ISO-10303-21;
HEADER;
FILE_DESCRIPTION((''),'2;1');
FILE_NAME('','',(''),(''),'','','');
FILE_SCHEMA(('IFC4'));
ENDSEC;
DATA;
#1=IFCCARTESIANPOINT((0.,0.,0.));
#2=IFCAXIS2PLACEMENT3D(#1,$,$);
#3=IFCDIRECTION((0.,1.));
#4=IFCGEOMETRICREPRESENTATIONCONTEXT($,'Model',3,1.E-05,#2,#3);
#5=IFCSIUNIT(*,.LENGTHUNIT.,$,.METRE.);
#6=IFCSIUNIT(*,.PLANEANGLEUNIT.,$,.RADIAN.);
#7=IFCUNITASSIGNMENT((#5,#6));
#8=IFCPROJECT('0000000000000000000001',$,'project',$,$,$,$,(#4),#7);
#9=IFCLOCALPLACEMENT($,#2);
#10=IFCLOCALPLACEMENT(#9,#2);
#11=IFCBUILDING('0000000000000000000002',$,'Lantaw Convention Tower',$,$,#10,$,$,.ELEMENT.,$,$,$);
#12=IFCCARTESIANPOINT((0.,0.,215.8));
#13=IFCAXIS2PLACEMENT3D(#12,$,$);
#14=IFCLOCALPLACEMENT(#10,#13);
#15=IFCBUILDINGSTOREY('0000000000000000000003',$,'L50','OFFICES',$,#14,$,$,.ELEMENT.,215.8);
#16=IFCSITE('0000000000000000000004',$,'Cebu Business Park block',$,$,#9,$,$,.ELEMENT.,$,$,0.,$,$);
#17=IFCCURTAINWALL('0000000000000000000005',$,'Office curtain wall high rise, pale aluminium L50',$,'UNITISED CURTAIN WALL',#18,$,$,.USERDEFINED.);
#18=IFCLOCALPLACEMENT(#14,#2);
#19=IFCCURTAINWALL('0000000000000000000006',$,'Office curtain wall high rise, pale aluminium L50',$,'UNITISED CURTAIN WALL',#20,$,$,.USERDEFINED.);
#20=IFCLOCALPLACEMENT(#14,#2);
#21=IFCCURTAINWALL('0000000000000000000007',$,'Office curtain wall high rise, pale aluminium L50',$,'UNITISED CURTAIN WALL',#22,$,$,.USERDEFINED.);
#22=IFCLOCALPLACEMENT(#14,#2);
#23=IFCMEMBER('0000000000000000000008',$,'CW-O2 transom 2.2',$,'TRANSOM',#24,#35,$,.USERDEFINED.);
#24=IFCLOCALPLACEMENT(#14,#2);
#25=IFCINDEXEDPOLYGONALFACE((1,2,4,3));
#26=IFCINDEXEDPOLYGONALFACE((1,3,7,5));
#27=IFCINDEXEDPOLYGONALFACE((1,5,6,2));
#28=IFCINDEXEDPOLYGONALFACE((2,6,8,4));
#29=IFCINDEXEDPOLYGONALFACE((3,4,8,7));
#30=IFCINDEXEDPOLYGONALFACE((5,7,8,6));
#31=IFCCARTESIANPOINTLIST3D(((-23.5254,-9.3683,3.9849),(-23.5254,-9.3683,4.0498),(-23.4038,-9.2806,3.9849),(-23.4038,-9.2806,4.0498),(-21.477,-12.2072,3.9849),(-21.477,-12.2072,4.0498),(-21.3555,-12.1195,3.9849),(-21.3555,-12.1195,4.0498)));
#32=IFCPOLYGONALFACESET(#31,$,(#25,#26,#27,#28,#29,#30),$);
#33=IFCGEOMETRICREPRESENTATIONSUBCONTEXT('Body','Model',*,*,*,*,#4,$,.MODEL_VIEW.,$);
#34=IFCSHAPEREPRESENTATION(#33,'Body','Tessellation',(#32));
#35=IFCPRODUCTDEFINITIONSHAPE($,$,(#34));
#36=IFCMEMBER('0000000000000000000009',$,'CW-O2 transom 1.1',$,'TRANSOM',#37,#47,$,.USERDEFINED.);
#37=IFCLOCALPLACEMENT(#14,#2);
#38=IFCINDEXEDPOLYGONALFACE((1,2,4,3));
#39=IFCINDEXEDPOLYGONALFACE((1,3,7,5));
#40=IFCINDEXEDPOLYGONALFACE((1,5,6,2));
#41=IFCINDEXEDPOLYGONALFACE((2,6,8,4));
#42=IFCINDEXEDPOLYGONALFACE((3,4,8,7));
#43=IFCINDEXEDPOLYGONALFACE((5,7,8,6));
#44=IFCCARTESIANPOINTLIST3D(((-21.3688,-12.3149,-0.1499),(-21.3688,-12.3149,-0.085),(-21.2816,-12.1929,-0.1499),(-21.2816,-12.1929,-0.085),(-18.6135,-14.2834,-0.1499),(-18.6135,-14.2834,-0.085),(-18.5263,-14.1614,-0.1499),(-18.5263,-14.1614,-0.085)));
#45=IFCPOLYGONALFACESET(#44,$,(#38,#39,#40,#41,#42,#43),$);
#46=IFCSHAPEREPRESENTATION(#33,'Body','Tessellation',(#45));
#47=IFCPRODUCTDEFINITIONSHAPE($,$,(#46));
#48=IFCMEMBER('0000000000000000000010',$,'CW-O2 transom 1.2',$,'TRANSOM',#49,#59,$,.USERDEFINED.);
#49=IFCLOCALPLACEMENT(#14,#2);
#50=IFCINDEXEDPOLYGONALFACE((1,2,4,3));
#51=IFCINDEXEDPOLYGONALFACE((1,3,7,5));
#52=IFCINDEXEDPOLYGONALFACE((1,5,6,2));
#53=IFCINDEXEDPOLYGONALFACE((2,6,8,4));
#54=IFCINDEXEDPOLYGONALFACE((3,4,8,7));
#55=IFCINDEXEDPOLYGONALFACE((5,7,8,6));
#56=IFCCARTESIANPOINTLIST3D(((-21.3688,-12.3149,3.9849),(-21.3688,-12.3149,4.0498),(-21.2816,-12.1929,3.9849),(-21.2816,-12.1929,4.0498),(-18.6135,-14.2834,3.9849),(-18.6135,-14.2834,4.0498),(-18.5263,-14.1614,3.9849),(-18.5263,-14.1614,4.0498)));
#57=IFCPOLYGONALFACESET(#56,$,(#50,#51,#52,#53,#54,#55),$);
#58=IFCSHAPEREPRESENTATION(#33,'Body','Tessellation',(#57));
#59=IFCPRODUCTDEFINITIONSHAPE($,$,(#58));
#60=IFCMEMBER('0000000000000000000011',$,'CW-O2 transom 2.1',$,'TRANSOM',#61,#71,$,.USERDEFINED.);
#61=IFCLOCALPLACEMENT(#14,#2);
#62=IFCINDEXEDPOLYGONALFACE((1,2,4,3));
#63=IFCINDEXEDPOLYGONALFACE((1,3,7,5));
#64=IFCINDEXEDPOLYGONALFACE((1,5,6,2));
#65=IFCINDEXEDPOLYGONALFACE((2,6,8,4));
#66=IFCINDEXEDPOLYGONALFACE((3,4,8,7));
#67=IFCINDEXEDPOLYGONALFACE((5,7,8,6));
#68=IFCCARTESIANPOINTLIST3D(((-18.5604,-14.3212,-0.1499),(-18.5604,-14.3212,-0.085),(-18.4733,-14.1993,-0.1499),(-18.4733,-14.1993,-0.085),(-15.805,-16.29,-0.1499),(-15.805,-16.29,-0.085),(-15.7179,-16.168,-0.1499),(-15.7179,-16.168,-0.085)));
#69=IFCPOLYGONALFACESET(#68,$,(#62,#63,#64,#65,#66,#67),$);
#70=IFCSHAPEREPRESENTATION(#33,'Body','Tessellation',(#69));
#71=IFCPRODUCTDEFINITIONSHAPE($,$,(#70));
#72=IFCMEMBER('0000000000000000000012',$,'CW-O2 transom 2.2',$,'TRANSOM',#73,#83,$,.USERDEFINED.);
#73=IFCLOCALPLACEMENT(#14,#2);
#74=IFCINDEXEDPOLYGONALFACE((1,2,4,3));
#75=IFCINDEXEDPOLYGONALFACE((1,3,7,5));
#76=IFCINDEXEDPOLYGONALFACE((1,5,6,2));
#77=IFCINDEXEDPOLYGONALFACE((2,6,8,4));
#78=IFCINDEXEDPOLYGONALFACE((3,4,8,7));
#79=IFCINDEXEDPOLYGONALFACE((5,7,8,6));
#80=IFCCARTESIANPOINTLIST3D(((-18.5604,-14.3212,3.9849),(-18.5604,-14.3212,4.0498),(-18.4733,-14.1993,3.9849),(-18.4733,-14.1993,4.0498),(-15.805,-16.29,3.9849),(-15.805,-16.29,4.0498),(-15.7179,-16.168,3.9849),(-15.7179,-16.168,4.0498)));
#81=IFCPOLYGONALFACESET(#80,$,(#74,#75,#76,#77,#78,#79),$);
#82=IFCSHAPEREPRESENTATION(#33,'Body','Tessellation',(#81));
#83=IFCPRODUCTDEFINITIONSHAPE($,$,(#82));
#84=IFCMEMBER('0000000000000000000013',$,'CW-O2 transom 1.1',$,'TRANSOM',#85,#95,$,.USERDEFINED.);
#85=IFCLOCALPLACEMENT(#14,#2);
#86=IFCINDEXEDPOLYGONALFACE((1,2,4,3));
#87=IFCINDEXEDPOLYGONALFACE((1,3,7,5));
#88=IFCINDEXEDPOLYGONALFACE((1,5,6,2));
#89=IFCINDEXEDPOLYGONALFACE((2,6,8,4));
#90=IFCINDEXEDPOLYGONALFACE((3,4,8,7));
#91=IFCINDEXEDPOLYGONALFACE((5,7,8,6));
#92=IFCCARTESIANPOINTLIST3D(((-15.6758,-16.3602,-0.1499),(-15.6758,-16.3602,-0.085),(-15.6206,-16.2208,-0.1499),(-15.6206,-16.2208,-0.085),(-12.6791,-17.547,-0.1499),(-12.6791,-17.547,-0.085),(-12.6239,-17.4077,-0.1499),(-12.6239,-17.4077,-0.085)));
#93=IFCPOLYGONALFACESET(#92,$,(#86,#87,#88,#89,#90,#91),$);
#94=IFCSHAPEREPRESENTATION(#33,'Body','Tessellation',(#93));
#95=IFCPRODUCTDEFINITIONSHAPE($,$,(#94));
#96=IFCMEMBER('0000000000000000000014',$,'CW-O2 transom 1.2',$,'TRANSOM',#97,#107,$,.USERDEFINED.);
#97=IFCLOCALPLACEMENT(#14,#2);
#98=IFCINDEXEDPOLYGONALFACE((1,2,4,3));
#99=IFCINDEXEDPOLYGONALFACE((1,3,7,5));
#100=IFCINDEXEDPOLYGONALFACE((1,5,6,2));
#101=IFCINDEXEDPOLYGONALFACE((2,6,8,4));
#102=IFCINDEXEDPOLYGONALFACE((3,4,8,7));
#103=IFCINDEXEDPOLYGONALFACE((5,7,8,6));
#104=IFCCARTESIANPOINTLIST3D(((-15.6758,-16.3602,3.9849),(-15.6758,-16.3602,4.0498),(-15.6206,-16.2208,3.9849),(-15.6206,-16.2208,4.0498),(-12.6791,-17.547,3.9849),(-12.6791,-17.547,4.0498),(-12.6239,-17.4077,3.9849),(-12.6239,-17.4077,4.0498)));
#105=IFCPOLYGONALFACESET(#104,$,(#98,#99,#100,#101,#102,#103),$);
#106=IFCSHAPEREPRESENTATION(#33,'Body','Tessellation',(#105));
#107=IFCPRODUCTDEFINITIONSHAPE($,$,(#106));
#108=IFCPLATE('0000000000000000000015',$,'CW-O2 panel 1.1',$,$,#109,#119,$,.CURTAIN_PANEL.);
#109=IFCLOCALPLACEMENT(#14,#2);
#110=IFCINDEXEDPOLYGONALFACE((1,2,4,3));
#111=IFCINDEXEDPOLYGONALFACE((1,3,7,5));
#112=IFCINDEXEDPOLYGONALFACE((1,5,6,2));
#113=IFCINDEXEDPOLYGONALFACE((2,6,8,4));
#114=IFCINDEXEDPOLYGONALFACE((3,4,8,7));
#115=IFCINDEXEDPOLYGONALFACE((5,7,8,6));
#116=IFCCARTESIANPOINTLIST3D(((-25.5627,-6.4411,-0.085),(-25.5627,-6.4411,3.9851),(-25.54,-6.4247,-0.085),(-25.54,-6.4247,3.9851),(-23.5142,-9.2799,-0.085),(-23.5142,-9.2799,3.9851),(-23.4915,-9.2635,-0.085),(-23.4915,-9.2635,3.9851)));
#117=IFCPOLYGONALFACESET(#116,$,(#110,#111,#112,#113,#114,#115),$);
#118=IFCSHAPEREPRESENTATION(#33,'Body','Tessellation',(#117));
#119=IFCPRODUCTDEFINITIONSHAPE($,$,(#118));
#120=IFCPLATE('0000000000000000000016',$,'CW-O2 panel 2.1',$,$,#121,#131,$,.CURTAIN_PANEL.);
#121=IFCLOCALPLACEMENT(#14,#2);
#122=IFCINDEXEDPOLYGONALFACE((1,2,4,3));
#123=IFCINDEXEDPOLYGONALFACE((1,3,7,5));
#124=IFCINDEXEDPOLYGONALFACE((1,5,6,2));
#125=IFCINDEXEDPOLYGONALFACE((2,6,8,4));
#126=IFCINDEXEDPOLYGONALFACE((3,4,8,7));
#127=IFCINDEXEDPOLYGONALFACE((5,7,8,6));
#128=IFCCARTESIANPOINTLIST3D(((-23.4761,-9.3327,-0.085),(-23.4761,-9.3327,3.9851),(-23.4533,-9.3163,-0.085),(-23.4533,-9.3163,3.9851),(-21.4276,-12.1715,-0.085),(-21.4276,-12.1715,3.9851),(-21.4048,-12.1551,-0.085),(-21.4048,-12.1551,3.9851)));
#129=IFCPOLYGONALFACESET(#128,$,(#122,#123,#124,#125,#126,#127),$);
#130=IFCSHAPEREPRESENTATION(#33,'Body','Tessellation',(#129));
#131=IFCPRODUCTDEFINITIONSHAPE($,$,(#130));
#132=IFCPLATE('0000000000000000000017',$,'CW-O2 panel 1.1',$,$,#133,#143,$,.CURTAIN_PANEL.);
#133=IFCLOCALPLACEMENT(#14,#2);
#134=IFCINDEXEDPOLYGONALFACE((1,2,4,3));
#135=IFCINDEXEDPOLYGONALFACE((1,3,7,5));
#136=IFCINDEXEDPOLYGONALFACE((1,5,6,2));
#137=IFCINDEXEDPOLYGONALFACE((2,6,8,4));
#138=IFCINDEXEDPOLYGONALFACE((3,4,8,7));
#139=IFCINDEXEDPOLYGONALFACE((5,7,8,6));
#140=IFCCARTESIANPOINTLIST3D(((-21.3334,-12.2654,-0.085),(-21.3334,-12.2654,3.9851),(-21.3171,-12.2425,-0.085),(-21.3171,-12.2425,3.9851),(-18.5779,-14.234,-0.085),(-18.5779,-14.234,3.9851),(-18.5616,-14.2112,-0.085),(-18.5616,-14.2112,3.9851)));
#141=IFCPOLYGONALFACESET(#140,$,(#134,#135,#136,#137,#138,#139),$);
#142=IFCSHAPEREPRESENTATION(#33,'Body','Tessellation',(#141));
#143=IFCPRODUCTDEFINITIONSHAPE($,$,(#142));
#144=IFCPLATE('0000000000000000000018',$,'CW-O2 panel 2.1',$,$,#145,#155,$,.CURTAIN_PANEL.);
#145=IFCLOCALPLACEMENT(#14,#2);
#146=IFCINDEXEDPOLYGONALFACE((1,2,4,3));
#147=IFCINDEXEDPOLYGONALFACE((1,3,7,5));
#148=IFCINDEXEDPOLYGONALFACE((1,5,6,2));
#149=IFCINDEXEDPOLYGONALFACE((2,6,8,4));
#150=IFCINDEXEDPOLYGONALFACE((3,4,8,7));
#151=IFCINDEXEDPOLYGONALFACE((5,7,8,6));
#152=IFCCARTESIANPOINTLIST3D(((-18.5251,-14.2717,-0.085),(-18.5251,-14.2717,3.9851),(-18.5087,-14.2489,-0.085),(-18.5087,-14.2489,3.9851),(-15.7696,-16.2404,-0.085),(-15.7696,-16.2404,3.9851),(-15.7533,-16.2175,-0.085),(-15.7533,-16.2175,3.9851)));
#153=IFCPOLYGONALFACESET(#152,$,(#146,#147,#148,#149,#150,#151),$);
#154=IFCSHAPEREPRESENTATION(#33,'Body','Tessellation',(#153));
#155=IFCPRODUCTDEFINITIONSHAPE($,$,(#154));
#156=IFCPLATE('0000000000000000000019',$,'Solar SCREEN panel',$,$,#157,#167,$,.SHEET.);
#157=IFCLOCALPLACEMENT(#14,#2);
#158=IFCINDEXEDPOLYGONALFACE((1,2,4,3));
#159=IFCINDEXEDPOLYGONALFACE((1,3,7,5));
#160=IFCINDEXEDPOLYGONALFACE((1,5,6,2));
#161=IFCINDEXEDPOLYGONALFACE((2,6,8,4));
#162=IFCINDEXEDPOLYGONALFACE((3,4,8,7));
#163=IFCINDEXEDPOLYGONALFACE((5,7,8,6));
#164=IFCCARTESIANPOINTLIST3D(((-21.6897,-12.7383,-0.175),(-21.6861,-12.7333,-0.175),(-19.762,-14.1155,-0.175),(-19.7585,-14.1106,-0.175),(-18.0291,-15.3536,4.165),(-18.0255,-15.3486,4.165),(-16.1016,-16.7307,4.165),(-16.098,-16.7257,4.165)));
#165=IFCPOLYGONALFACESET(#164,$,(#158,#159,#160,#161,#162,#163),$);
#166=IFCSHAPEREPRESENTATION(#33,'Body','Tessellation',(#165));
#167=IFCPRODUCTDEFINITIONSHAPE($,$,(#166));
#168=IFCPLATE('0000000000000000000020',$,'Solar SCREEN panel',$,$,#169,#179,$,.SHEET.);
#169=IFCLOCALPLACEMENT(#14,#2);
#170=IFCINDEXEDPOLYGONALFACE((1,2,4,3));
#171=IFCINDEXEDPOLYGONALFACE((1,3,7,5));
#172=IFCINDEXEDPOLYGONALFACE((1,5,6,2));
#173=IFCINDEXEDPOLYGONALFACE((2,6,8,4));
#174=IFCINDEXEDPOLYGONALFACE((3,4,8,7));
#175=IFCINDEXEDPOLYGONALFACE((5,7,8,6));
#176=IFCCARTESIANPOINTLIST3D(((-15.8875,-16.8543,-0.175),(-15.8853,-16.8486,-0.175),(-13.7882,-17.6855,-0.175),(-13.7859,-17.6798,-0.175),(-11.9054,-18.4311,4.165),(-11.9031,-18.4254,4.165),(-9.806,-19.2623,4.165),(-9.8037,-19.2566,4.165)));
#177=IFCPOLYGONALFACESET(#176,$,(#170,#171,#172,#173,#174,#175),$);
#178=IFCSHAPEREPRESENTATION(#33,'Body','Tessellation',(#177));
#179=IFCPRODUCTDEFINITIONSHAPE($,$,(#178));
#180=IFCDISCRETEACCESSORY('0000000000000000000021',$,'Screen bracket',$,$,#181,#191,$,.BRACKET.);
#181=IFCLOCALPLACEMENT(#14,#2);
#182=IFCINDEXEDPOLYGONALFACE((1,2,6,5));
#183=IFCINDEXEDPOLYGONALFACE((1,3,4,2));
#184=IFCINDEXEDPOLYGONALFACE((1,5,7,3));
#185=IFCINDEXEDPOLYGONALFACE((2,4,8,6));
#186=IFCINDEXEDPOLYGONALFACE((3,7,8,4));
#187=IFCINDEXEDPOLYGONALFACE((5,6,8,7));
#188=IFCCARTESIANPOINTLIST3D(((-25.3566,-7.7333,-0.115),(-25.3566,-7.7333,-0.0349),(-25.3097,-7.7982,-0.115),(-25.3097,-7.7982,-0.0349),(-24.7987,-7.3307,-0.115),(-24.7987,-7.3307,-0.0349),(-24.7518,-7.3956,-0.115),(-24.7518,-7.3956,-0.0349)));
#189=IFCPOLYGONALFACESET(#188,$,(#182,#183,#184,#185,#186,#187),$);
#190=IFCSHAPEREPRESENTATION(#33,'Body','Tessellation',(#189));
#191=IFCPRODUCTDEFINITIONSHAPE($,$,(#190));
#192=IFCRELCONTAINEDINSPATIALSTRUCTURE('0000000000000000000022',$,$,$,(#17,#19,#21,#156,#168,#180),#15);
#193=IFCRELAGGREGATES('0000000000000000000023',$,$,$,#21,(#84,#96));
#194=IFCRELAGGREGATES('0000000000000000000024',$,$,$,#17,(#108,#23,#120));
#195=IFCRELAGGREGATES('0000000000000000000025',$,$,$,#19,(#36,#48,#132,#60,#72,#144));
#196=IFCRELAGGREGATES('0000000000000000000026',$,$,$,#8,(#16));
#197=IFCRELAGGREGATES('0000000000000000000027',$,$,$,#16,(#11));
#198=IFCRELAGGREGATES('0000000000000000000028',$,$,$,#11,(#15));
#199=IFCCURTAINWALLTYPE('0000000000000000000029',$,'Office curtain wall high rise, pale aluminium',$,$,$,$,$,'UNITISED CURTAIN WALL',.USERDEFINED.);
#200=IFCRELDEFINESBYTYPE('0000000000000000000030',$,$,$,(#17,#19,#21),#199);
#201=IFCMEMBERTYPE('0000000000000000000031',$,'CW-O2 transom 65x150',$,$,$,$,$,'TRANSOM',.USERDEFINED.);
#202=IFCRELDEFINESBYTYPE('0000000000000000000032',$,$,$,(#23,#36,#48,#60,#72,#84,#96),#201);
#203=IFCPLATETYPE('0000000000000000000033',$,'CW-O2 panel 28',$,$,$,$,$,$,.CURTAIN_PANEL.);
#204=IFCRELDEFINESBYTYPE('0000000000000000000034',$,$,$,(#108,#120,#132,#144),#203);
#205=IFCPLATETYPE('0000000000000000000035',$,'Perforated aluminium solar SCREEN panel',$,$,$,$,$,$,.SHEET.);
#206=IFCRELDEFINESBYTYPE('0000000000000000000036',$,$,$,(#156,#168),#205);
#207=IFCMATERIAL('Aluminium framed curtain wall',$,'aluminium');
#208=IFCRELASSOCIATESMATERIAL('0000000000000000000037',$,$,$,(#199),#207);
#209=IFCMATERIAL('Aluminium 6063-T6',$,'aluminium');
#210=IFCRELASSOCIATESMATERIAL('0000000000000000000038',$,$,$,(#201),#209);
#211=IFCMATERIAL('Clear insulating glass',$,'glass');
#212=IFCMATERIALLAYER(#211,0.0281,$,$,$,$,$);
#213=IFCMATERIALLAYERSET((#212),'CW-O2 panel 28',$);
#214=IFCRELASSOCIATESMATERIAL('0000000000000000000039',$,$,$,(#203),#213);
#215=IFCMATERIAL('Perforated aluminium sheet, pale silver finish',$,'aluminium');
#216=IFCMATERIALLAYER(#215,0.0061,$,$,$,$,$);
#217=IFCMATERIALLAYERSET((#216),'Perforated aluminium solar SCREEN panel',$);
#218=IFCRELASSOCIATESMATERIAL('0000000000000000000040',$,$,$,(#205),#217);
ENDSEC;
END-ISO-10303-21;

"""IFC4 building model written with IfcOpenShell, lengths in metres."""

from ifc_helpers import new_model, si_unit, direction, frame, origin, origin_2d, place, context, subcontext, project, spatial, polyline, rectangle, outline, extrude, material, layer, layer_set, material_profile, profile_set, type_object, element, aggregate, save


model = new_model("IFC4")

# Units and contexts
model_context = context("Model", 3, precision=1e-05, world=origin(), true_north=direction((0.0, 1.0)))
body_context = subcontext(model_context, "Body", "Model", "MODEL_VIEW")
ifc_project = project(units=[si_unit("LENGTHUNIT", "METRE"), si_unit("PLANEANGLEUNIT", "RADIAN")], contexts=[model_context])

# Site, building, storey
site_placement = place(None, origin())
site = spatial("IfcSite", under=ifc_project, at=site_placement, Name="Cebu Business Park block", CompositionType="ELEMENT", RefElevation=0.0)
building_placement = place(site_placement, origin())
building = spatial("IfcBuilding", under=site, at=building_placement, Name="Lantaw Convention Tower", CompositionType="ELEMENT")
storey_placement = place(building_placement, frame((0.0, 0.0, 215.8)))
storey = spatial("IfcBuildingStorey", under=building, at=storey_placement, Name="L50", Description="OFFICES", CompositionType="ELEMENT", Elevation=215.8)

# Curtain walls
ifc_material_1 = material(Name="Aluminium framed curtain wall", Category="aluminium")
curtain_wall_type = type_object("IfcCurtainWallType", Name="Office curtain wall high rise, pale aluminium", ElementType="UNITISED CURTAIN WALL", PredefinedType="USERDEFINED", material=ifc_material_1)
curtain_wall_1_placement = place(storey_placement, origin())
curtain_wall_1 = element("IfcCurtainWall", 1, at=curtain_wall_1_placement, inside=storey, type_object=curtain_wall_type, Name="Office curtain wall high rise, pale aluminium L50", ObjectType="UNITISED CURTAIN WALL", PredefinedType="USERDEFINED")
ifc_material_2 = material(Name="Aluminium 6063-T6", Category="aluminium")
curtain_wall_2_placement = place(storey_placement, origin())
curtain_wall_2 = element("IfcCurtainWall", 2, at=curtain_wall_2_placement, inside=storey, type_object=curtain_wall_type, Name="Office curtain wall high rise, pale aluminium L50", ObjectType="UNITISED CURTAIN WALL", PredefinedType="USERDEFINED")

# Curtain wall
curtain_wall_3_placement = place(storey_placement, origin())
curtain_wall_3 = element("IfcCurtainWall", 3, at=curtain_wall_3_placement, inside=storey, type_object=curtain_wall_type, Name="Office curtain wall high rise, pale aluminium L50", ObjectType="UNITISED CURTAIN WALL", PredefinedType="USERDEFINED")

# Members
ifc_material_profile_1 = material_profile(ifc_material_2, rectangle(XDim=0.1499, YDim=0.0649, at=origin_2d()), Name="CW-O2 transom 65x150")
ifc_profile_set_1 = profile_set([ifc_material_profile_1], Name="Aluminium 6063-T6")
member_type_1 = type_object("IfcMemberType", Name="CW-O2 transom 65x150", ElementType="TRANSOM", PredefinedType="USERDEFINED", material=ifc_profile_set_1)
member_1_placement = place(storey_placement, frame((-23.4646, -9.3245, 4.0173), z_axis=(0.585124, -0.810944, 0.0), x_axis=(0.810944, 0.585124, 0.0)))
member_1 = element("IfcMember", 4, at=member_1_placement, type_object=member_type_1, Name="CW-O2 transom 2.2", ObjectType="TRANSOM", PredefinedType="USERDEFINED", context=body_context, shape_type="SweptSolid", body=[
    extrude(rectangle(XDim=0.1499, YDim=0.0649, at=origin_2d()), origin(), (0.0, 0.0, 1.0), 3.5007),
])
member_2_placement = place(storey_placement, frame((-21.3252, -12.2539, -0.1174), z_axis=(0.81368, -0.581313, 0.0), x_axis=(0.581313, 0.81368, 0.0)))
member_2 = element("IfcMember", 5, at=member_2_placement, type_object=member_type_1, Name="CW-O2 transom 1.1", ObjectType="TRANSOM", PredefinedType="USERDEFINED", context=body_context, shape_type="SweptSolid", body=[
    extrude(rectangle(XDim=0.1499, YDim=0.0649, at=origin_2d()), origin(), (0.0, 0.0, 1.0), 3.3862),
])
member_3_placement = place(storey_placement, frame((-21.3252, -12.2539, 4.0173), z_axis=(0.81368, -0.581313, 0.0), x_axis=(0.581313, 0.81368, 0.0)))
member_3 = element("IfcMember", 6, at=member_3_placement, type_object=member_type_1, Name="CW-O2 transom 1.2", ObjectType="TRANSOM", PredefinedType="USERDEFINED", context=body_context, shape_type="SweptSolid", body=[
    extrude(rectangle(XDim=0.1499, YDim=0.0649, at=origin_2d()), origin(), (0.0, 0.0, 1.0), 3.3862),
])
member_4_placement = place(storey_placement, frame((-18.5168, -14.2603, -0.1174), z_axis=(0.813646, -0.581361, 0.0), x_axis=(0.581361, 0.813646, 0.0)))
member_4 = element("IfcMember", 7, at=member_4_placement, type_object=member_type_1, Name="CW-O2 transom 2.1", ObjectType="TRANSOM", PredefinedType="USERDEFINED", context=body_context, shape_type="SweptSolid", body=[
    extrude(rectangle(XDim=0.1499, YDim=0.0649, at=origin_2d()), origin(), (0.0, 0.0, 1.0), 3.3865),
])
member_5_placement = place(storey_placement, frame((-18.5168, -14.2603, 4.0173), z_axis=(0.813646, -0.581361, 0.0), x_axis=(0.581361, 0.813646, 0.0)))
member_5 = element("IfcMember", 8, at=member_5_placement, type_object=member_type_1, Name="CW-O2 transom 2.2", ObjectType="TRANSOM", PredefinedType="USERDEFINED", context=body_context, shape_type="SweptSolid", body=[
    extrude(rectangle(XDim=0.1499, YDim=0.0649, at=origin_2d()), origin(), (0.0, 0.0, 1.0), 3.3865),
])
member_6_placement = place(storey_placement, frame((-15.6482, -16.2905, -0.1174), z_axis=(0.929741, -0.368215, 0.0), x_axis=(0.368215, 0.929741, 0.0)))
member_6 = element("IfcMember", 9, at=member_6_placement, type_object=member_type_1, Name="CW-O2 transom 1.1", ObjectType="TRANSOM", PredefinedType="USERDEFINED", context=body_context, shape_type="SweptSolid", body=[
    extrude(rectangle(XDim=0.1499, YDim=0.0649, at=origin_2d()), origin(), (0.0, 0.0, 1.0), 3.2231),
])
member_7_placement = place(storey_placement, frame((-15.6482, -16.2905, 4.0173), z_axis=(0.929741, -0.368215, 0.0), x_axis=(0.368215, 0.929741, 0.0)))
member_7 = element("IfcMember", 10, at=member_7_placement, type_object=member_type_1, Name="CW-O2 transom 1.2", ObjectType="TRANSOM", PredefinedType="USERDEFINED", context=body_context, shape_type="SweptSolid", body=[
    extrude(rectangle(XDim=0.1499, YDim=0.0649, at=origin_2d()), origin(), (0.0, 0.0, 1.0), 3.2231),
])
aggregate(curtain_wall_3, [member_6, member_7])

# Plates
ifc_material_3 = material(Name="Clear insulating glass", Category="glass")
ifc_layer_1 = layer(ifc_material_3, 0.0281)
ifc_layer_set_1 = layer_set([ifc_layer_1], Name="CW-O2 panel 28")
plate_type_1 = type_object("IfcPlateType", Name="CW-O2 panel 28", PredefinedType="CURTAIN_PANEL", material=ifc_layer_set_1)
plate_1_placement = place(storey_placement, frame((-24.5271, -7.8523, -0.085), z_axis=(0.0, 0.0, 1.0), x_axis=(0.585158, -0.81092, 0.0)))
plate_1 = element("IfcPlate", 11, at=plate_1_placement, type_object=plate_type_1, Name="CW-O2 panel 1.1", PredefinedType="CURTAIN_PANEL", context=body_context, shape_type="SweptSolid", body=[
    extrude(rectangle(XDim=3.5007, YDim=0.0281, at=origin_2d()), origin(), (0.0, 0.0, 1.0), 4.0701),
])
plate_2_placement = place(storey_placement, frame((-22.4404, -10.7439, -0.085), z_axis=(0.0, 0.0, 1.0), x_axis=(0.585158, -0.81092, 0.0)))
plate_2 = element("IfcPlate", 12, at=plate_2_placement, type_object=plate_type_1, Name="CW-O2 panel 2.1", PredefinedType="CURTAIN_PANEL", context=body_context, shape_type="SweptSolid", body=[
    extrude(rectangle(XDim=3.5007, YDim=0.0281, at=origin_2d()), origin(), (0.0, 0.0, 1.0), 4.0701),
])
aggregate(curtain_wall_1, [plate_1, member_1, plate_2])
plate_3_placement = place(storey_placement, frame((-19.9475, -13.2383, -0.085), z_axis=(0.0, 0.0, 1.0), x_axis=(0.813673, -0.581323, 0.0)))
plate_3 = element("IfcPlate", 13, at=plate_3_placement, type_object=plate_type_1, Name="CW-O2 panel 1.1", PredefinedType="CURTAIN_PANEL", context=body_context, shape_type="SweptSolid", body=[
    extrude(rectangle(XDim=3.3865, YDim=0.0281, at=origin_2d()), origin(), (0.0, 0.0, 1.0), 4.0701),
])
plate_4_placement = place(storey_placement, frame((-17.1392, -15.2446, -0.085), z_axis=(0.0, 0.0, 1.0), x_axis=(0.813673, -0.581323, 0.0)))
plate_4 = element("IfcPlate", 14, at=plate_4_placement, type_object=plate_type_1, Name="CW-O2 panel 2.1", PredefinedType="CURTAIN_PANEL", context=body_context, shape_type="SweptSolid", body=[
    extrude(rectangle(XDim=3.3865, YDim=0.0281, at=origin_2d()), origin(), (0.0, 0.0, 1.0), 4.0701),
])
aggregate(curtain_wall_2, [member_2, member_3, plate_3, member_4, member_5, plate_4])

# Plates
ifc_material_4 = material(Name="Perforated aluminium sheet, pale silver finish", Category="aluminium")
ifc_layer_2 = layer(ifc_material_4, 0.0061)
ifc_layer_set_2 = layer_set([ifc_layer_2], Name="Perforated aluminium solar SCREEN panel")
plate_type_2 = type_object("IfcPlateType", Name="Perforated aluminium solar SCREEN panel", PredefinedType="SHEET", material=ifc_layer_set_2)
plate_5_placement = place(storey_placement, frame((-21.6897, -12.7383, -0.175), z_axis=(-0.581331, -0.813667, 0.00001), x_axis=(0.813667, -0.581331, 0.0)))
element("IfcPlate", 15, at=plate_5_placement, inside=storey, type_object=plate_type_2, Name="Solar SCREEN panel", PredefinedType="SHEET", context=body_context, shape_type="SweptSolid", body=[
    extrude(outline(polyline([(0.0, 0.0), (2.3691, 0.0), (6.8678, 4.3401), (4.4989, 4.3401), (0.0, 0.0)])), origin(), (0.0, 0.0, -1.0), 0.0061),
])
plate_6_placement = place(storey_placement, frame((-15.8853, -16.8486, -0.175), z_axis=(0.368117, 0.92978, 0.000036), x_axis=(0.92978, -0.368117, 0.0)))
element("IfcPlate", 16, at=plate_6_placement, inside=storey, type_object=plate_type_2, Name="Solar SCREEN panel", PredefinedType="SHEET", context=body_context, shape_type="SweptSolid", body=[
    extrude(outline(polyline([(0.0, 0.0), (2.2579, 0.0), (6.5409, -4.3401), (4.2829, -4.3401), (0.0, 0.0)])), origin(), (0.0, 0.0, -1.0), 0.0061),
])

# Discrete accessory
for number, where, z_axis, x_axis, name in (
    (17, (-25.0542, -7.5645, -0.115), (0.0, 0.0, 1.0), (0.585158, -0.81092, 0.0), "Screen bracket"),
):
    element("IfcDiscreteAccessory", number, at=place(storey_placement, frame(where, z_axis=z_axis, x_axis=x_axis)), inside=storey, Name=name, PredefinedType="BRACKET", context=body_context, shape_type="SweptSolid", body=[
        extrude(rectangle(XDim=0.0801, YDim=0.688, at=origin_2d()), origin(), (0.0, 0.0, 1.0), 0.0801),
    ])

save(model, "model.ifc")
